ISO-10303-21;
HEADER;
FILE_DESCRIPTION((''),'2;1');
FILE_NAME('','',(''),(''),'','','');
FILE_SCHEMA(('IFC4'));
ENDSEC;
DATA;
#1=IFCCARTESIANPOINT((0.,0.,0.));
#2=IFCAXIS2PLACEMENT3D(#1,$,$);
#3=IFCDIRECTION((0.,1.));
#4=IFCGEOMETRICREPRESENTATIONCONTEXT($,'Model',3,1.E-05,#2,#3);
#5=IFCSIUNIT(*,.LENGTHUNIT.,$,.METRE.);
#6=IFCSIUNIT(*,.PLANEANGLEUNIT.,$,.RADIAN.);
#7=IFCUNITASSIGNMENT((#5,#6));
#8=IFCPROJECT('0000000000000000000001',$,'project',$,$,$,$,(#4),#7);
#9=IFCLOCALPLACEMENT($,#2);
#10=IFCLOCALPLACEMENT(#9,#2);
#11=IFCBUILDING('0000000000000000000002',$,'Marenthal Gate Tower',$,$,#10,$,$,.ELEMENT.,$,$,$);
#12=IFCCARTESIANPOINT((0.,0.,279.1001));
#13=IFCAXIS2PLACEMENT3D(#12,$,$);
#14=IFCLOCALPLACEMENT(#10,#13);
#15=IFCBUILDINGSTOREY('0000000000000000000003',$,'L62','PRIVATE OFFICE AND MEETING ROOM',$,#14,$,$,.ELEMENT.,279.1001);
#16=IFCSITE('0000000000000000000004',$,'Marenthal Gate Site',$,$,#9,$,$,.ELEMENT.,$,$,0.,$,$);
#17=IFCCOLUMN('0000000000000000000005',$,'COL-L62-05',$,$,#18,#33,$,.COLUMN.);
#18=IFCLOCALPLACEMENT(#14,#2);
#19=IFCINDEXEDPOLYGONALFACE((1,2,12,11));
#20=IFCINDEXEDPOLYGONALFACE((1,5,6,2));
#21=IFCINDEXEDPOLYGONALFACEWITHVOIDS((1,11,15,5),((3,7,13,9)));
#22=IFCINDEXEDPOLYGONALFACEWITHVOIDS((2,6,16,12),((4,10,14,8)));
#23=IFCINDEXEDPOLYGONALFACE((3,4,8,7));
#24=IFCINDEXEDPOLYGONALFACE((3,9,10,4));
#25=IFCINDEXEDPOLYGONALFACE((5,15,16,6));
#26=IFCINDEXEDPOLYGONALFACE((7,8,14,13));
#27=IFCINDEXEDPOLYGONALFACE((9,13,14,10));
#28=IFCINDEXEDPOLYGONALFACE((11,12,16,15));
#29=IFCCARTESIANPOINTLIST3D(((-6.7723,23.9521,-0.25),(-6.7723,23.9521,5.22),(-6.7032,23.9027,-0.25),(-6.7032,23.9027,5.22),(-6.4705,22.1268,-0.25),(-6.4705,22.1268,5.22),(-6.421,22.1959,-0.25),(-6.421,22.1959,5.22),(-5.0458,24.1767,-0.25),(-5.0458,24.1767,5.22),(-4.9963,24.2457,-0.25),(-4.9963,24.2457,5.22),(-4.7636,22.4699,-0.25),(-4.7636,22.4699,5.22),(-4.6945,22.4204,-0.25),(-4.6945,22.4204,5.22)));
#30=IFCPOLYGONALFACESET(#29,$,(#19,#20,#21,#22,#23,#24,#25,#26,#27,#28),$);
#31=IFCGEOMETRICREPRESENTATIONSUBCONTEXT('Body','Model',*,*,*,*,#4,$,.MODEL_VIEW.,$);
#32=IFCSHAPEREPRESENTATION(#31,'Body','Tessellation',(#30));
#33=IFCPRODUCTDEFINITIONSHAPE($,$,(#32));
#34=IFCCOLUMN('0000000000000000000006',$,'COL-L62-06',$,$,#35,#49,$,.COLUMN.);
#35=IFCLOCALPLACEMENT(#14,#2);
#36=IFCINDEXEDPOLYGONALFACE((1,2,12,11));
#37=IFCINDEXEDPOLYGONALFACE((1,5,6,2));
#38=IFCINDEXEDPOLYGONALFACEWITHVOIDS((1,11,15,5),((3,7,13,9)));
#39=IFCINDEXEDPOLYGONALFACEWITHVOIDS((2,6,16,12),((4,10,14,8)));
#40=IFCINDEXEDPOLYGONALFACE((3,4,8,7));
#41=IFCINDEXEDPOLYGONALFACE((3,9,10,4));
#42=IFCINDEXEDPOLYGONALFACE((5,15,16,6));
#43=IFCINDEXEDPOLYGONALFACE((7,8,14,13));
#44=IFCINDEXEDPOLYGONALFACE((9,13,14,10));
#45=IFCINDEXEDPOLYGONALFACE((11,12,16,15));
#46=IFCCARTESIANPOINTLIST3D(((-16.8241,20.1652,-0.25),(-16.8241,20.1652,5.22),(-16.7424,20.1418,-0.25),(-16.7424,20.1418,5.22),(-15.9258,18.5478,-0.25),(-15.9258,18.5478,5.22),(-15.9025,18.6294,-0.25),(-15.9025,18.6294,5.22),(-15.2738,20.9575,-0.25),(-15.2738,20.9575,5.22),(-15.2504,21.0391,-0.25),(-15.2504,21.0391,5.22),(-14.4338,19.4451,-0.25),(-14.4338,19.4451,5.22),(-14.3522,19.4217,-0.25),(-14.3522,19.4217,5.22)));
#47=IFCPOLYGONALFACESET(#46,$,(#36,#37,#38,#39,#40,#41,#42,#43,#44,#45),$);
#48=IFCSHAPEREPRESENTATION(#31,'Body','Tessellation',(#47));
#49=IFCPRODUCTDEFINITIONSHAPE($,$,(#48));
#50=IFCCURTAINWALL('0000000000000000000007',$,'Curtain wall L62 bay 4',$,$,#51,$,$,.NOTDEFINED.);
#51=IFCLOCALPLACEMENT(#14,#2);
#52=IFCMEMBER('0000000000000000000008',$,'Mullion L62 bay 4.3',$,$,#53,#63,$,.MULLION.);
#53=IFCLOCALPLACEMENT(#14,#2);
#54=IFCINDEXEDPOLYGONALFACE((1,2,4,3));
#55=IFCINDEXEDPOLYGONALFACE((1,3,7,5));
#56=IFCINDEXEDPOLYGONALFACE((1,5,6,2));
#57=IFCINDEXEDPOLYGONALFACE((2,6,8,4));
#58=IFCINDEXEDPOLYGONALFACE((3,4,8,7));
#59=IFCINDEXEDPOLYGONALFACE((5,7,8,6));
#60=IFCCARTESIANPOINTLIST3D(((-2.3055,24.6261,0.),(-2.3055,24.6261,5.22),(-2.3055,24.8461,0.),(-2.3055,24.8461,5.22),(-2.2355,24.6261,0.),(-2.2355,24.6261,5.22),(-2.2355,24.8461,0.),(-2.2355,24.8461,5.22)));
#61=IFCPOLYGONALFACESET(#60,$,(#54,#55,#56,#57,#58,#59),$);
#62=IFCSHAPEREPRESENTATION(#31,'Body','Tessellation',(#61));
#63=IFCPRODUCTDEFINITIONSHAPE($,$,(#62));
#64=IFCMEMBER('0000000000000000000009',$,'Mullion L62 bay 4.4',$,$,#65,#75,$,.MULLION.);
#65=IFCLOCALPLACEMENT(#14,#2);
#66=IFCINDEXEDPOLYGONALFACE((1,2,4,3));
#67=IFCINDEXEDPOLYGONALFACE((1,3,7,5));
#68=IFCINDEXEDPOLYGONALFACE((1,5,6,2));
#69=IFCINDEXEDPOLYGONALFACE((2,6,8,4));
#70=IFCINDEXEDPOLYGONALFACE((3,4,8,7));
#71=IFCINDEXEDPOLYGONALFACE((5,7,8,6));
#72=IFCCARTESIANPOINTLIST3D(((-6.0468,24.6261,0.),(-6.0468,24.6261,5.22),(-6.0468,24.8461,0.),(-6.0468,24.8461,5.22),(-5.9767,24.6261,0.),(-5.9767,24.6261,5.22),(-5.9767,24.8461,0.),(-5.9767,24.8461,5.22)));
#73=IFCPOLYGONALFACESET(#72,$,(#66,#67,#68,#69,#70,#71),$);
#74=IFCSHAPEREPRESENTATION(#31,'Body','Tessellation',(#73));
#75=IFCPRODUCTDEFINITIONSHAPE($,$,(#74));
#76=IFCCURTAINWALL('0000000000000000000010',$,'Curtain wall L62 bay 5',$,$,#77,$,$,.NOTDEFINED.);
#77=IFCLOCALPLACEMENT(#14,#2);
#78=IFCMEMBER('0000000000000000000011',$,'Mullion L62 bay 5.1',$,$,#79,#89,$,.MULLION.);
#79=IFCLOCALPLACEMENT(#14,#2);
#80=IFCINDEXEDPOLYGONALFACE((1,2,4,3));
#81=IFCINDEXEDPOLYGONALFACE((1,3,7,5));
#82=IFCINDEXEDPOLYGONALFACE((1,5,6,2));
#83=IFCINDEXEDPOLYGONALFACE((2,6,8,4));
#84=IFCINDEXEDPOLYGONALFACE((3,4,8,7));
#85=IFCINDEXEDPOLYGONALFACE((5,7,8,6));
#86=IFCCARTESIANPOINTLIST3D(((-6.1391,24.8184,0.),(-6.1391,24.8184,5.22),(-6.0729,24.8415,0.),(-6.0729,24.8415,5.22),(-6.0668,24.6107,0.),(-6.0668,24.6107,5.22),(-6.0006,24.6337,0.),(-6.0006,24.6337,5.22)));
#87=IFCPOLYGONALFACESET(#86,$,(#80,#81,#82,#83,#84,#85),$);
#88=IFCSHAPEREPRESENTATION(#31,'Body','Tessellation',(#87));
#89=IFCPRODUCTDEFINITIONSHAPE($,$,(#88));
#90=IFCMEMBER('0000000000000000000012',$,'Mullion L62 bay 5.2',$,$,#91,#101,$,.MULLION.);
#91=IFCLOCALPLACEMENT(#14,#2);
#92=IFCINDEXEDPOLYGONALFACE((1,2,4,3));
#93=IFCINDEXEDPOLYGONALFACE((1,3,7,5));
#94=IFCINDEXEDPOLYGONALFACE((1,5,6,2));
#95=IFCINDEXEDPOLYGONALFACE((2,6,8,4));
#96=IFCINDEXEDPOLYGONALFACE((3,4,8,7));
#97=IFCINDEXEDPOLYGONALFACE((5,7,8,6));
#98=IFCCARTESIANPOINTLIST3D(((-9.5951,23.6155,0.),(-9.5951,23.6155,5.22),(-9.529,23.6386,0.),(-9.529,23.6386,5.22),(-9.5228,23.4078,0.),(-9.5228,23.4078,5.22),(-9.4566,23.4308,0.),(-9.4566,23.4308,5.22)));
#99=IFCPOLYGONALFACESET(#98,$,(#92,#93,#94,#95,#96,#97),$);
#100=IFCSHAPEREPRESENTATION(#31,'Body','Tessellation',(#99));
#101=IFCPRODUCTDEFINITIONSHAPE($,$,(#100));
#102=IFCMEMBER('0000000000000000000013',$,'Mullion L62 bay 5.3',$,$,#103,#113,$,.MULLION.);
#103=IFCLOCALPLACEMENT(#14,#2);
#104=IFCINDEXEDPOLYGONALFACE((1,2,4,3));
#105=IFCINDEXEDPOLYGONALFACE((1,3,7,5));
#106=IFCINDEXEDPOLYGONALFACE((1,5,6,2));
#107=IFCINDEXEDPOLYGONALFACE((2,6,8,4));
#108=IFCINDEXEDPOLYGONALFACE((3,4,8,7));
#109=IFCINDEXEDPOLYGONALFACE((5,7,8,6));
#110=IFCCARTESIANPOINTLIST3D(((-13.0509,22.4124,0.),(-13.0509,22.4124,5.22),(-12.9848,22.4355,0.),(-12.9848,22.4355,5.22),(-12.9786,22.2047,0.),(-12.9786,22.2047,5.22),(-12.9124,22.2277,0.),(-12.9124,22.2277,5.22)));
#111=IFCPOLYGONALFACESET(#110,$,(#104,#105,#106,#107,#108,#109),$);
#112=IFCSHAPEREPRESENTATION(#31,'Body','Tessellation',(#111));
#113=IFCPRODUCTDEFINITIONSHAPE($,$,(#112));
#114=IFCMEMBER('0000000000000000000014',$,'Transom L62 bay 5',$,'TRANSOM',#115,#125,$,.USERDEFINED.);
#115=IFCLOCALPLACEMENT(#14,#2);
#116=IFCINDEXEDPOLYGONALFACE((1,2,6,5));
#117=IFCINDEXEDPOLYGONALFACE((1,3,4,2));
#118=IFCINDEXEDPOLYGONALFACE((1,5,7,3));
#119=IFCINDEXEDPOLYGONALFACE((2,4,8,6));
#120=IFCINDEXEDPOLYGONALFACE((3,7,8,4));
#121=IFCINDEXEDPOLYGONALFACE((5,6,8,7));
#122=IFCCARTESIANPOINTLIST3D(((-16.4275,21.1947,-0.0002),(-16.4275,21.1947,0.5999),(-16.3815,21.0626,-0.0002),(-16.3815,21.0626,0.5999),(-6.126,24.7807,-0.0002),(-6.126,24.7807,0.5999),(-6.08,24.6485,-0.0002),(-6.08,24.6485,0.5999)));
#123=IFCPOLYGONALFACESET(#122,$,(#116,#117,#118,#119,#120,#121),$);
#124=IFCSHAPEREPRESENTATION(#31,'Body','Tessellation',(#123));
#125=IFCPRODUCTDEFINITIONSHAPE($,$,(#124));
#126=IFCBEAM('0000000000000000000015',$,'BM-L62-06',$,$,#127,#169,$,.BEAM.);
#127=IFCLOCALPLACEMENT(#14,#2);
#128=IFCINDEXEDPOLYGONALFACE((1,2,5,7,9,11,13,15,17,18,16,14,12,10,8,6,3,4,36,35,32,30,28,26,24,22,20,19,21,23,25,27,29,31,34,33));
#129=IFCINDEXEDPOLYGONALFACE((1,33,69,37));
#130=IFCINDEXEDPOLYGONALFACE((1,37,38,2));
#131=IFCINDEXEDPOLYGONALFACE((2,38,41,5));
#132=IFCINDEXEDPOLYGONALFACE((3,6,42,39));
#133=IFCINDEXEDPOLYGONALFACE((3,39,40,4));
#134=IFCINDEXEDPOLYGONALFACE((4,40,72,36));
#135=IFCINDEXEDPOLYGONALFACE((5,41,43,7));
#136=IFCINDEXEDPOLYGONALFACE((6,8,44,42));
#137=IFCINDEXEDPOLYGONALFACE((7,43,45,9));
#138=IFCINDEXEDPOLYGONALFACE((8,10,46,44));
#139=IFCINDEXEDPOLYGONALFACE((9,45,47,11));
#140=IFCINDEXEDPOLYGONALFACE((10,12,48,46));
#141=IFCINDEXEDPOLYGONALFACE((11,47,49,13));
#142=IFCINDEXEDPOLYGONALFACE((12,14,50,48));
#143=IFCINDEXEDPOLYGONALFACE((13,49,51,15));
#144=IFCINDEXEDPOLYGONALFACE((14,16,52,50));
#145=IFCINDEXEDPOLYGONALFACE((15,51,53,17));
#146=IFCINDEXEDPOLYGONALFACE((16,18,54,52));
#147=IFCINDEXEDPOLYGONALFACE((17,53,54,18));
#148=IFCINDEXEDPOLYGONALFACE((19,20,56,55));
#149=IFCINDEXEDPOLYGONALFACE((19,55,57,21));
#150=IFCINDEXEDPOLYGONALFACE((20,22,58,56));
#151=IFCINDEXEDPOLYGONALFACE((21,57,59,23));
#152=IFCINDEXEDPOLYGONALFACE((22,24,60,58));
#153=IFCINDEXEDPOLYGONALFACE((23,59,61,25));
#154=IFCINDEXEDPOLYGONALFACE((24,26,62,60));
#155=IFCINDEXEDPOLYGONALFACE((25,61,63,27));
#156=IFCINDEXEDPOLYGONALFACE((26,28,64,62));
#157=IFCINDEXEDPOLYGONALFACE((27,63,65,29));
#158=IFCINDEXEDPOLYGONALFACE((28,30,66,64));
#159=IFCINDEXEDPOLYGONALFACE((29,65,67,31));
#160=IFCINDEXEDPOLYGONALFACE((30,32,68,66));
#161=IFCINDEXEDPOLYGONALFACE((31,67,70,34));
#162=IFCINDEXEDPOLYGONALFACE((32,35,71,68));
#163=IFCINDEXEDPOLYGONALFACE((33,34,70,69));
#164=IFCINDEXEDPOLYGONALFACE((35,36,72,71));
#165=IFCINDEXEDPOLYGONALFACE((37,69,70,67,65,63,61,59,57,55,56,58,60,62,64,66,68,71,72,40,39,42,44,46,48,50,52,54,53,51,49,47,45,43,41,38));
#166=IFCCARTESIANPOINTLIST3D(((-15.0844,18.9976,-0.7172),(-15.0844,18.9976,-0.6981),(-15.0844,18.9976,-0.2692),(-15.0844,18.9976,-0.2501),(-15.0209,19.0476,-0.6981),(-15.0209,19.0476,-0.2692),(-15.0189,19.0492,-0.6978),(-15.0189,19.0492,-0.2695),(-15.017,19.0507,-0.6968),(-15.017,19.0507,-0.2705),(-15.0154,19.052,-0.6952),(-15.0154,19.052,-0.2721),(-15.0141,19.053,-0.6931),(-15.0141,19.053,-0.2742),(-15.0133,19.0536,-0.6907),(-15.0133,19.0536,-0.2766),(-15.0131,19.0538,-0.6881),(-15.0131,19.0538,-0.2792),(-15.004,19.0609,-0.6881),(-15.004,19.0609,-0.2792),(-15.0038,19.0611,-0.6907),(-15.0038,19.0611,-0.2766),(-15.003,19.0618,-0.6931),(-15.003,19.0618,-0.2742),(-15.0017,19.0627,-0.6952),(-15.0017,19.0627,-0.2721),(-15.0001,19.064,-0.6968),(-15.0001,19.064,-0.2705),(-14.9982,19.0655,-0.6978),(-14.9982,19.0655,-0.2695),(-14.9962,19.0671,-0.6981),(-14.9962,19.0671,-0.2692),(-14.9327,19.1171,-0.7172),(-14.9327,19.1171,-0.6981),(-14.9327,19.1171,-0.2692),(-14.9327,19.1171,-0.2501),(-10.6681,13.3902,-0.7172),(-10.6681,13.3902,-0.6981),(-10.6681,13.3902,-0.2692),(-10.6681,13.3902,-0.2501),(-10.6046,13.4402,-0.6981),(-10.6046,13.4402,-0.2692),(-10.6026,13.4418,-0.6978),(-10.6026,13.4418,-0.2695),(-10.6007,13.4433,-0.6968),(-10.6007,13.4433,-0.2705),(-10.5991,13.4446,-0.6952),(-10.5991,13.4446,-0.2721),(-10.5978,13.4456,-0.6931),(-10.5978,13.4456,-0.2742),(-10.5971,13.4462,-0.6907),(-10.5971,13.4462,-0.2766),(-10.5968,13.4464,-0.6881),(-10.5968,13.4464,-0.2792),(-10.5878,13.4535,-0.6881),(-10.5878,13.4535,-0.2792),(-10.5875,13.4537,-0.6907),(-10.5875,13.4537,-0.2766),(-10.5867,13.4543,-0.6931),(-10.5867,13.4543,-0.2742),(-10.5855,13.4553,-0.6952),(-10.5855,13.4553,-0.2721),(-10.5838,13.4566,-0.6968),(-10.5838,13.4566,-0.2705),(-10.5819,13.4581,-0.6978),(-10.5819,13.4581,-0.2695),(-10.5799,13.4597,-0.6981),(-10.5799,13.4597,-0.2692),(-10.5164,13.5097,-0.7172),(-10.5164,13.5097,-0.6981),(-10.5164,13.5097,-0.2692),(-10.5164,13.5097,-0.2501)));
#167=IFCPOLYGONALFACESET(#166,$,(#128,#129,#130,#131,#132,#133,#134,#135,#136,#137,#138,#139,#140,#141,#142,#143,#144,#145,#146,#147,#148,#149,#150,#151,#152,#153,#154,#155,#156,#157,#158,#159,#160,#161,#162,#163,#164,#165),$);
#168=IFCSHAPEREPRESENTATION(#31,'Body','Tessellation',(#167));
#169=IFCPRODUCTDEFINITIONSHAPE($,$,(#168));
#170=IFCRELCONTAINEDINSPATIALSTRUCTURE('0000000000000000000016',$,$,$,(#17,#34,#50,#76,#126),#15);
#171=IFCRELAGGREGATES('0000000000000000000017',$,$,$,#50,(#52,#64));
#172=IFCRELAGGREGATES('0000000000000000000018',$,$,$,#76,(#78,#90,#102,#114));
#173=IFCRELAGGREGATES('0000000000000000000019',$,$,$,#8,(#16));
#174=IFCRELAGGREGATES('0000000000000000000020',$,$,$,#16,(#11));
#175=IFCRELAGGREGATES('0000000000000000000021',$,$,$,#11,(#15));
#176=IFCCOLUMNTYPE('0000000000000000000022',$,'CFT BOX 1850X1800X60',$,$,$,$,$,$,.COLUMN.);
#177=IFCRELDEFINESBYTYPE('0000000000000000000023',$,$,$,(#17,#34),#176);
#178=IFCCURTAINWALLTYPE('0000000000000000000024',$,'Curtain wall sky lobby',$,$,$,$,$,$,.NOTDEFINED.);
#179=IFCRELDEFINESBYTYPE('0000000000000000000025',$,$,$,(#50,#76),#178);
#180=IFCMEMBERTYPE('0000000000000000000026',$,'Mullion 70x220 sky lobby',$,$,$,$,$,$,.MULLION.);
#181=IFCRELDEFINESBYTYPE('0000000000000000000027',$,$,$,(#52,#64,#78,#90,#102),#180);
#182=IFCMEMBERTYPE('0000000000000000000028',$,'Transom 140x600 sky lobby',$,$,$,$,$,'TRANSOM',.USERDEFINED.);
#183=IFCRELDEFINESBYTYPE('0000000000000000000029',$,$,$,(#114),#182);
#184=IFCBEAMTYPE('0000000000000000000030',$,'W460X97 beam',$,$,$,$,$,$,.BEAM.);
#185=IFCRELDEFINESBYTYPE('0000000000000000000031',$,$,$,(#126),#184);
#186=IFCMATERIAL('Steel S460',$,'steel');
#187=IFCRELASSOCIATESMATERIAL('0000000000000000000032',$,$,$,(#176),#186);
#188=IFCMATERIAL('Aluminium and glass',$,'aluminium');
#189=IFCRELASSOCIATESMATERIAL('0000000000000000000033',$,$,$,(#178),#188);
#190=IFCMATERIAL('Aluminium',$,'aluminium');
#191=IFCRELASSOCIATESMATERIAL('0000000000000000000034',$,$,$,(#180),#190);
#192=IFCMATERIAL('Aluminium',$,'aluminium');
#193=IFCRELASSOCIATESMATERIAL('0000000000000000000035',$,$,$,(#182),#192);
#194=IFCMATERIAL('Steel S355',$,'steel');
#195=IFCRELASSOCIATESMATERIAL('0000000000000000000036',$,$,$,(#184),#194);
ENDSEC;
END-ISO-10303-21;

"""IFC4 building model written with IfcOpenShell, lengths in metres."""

from ifc_helpers import new_model, si_unit, direction, frame, origin, origin_2d, place, context, subcontext, project, spatial, rectangle, hollow_rectangle, i_section, extrude, material, material_profile, profile_set, type_object, element, aggregate, save


model = new_model("IFC4")

# Units and contexts
model_context = context("Model", 3, precision=1e-05, world=origin(), true_north=direction((0.0, 1.0)))
body_context = subcontext(model_context, "Body", "Model", "MODEL_VIEW")
ifc_project = project(units=[si_unit("LENGTHUNIT", "METRE"), si_unit("PLANEANGLEUNIT", "RADIAN")], contexts=[model_context])

# Site, building, storey
site_placement = place(None, origin())
site = spatial("IfcSite", under=ifc_project, at=site_placement, Name="Marenthal Gate Site", CompositionType="ELEMENT", RefElevation=0.0)
building_placement = place(site_placement, origin())
building = spatial("IfcBuilding", under=site, at=building_placement, Name="Marenthal Gate Tower", CompositionType="ELEMENT")
storey_placement = place(building_placement, frame((0.0, 0.0, 279.1001)))
storey = spatial("IfcBuildingStorey", under=building, at=storey_placement, Name="L62", Description="PRIVATE OFFICE AND MEETING ROOM", CompositionType="ELEMENT", Elevation=279.1001)

# Columns
ifc_material_1 = material(Name="Steel S460", Category="steel")
ifc_material_profile_1 = material_profile(ifc_material_1, hollow_rectangle(XDim=1.8, YDim=1.8501, WallThickness=0.0601, at=origin_2d()), Name="CFT BOX 1850X1800X60")
ifc_material_2 = material(Name="Concrete 70 MPa", Category="concrete")
ifc_material_profile_2 = material_profile(ifc_material_2, rectangle(XDim=1.6799, YDim=1.73, at=origin_2d()), Name="CFT BOX 1850X1800X60 INFILL")
ifc_profile_set_1 = profile_set([ifc_material_profile_1, ifc_material_profile_2], Name="Steel S460 shell, Concrete 70 MPa infill")
column_type = type_object("IfcColumnType", Name="CFT BOX 1850X1800X60", PredefinedType="COLUMN", material=ifc_profile_set_1)
for number, where, z_axis, x_axis, name in (
    (1, (-5.7334, 23.1863, -0.25), (0.0, 0.0, 1.0), (0.986606, 0.163119, 0.0), "COL-L62-05"),
    (2, (-15.5881, 19.7935, -0.25), (0.0, 0.0, 1.0), (0.874222, 0.485527, 0.0), "COL-L62-06"),
):
    element("IfcColumn", number, at=place(storey_placement, frame(where, z_axis=z_axis, x_axis=x_axis)), inside=storey, type_object=column_type, Name=name, PredefinedType="COLUMN", context=body_context, shape_type="SweptSolid", body=[
        extrude(hollow_rectangle(XDim=1.8, YDim=1.8501, WallThickness=0.0601, at=origin_2d()), origin(), (0.0, 0.0, 1.0), 5.47),
    ])

# Curtain walls, members
ifc_material_3 = material(Name="Aluminium and glass", Category="aluminium")
curtain_wall_type = type_object("IfcCurtainWallType", Name="Curtain wall sky lobby", PredefinedType="NOTDEFINED", material=ifc_material_3)
curtain_wall_1_placement = place(storey_placement, origin())
curtain_wall_1 = element("IfcCurtainWall", 3, at=curtain_wall_1_placement, inside=storey, type_object=curtain_wall_type, Name="Curtain wall L62 bay 4", PredefinedType="NOTDEFINED")
ifc_material_4 = material(Name="Aluminium", Category="aluminium")
ifc_material_profile_3 = material_profile(ifc_material_4, rectangle(XDim=0.22, YDim=0.0701, at=origin_2d()), Name="70x220 aluminium mullion")
ifc_profile_set_2 = profile_set([ifc_material_profile_3], Name="Aluminium")
member_type_1 = type_object("IfcMemberType", Name="Mullion 70x220 sky lobby", PredefinedType="MULLION", material=ifc_profile_set_2)
member_1_placement = place(storey_placement, frame((-2.2705, 24.7361, 0.0), z_axis=(0.0, 0.0, 1.0), x_axis=(0.0, -1.0, 0.0)))
member_1 = element("IfcMember", 4, at=member_1_placement, type_object=member_type_1, Name="Mullion L62 bay 4.3", PredefinedType="MULLION", context=body_context, shape_type="SweptSolid", body=[
    extrude(rectangle(XDim=0.22, YDim=0.0701, at=origin_2d()), origin(), (0.0, 0.0, 1.0), 5.22),
])
member_2_placement = place(storey_placement, frame((-6.0117, 24.7361, 0.0), z_axis=(0.0, 0.0, 1.0), x_axis=(0.0, -1.0, 0.0)))
member_2 = element("IfcMember", 5, at=member_2_placement, type_object=member_type_1, Name="Mullion L62 bay 4.4", PredefinedType="MULLION", context=body_context, shape_type="SweptSolid", body=[
    extrude(rectangle(XDim=0.22, YDim=0.0701, at=origin_2d()), origin(), (0.0, 0.0, 1.0), 5.22),
])
curtain_wall_2_placement = place(storey_placement, origin())
curtain_wall_2 = element("IfcCurtainWall", 6, at=curtain_wall_2_placement, inside=storey, type_object=curtain_wall_type, Name="Curtain wall L62 bay 5", PredefinedType="NOTDEFINED")
member_3_placement = place(storey_placement, frame((-6.0698, 24.7261, 0.0), z_axis=(0.0, 0.0, 1.0), x_axis=(0.328757, -0.944415, 0.0)))
member_3 = element("IfcMember", 7, at=member_3_placement, type_object=member_type_1, Name="Mullion L62 bay 5.1", PredefinedType="MULLION", context=body_context, shape_type="SweptSolid", body=[
    extrude(rectangle(XDim=0.22, YDim=0.0701, at=origin_2d()), origin(), (0.0, 0.0, 1.0), 5.22),
])
member_4_placement = place(storey_placement, frame((-9.5259, 23.5232, 0.0), z_axis=(0.0, 0.0, 1.0), x_axis=(0.328757, -0.944415, 0.0)))
member_4 = element("IfcMember", 8, at=member_4_placement, type_object=member_type_1, Name="Mullion L62 bay 5.2", PredefinedType="MULLION", context=body_context, shape_type="SweptSolid", body=[
    extrude(rectangle(XDim=0.22, YDim=0.0701, at=origin_2d()), origin(), (0.0, 0.0, 1.0), 5.22),
])
member_5_placement = place(storey_placement, frame((-12.9817, 22.3201, 0.0), z_axis=(0.0, 0.0, 1.0), x_axis=(0.328757, -0.944415, 0.0)))
member_5 = element("IfcMember", 9, at=member_5_placement, type_object=member_type_1, Name="Mullion L62 bay 5.3", PredefinedType="MULLION", context=body_context, shape_type="SweptSolid", body=[
    extrude(rectangle(XDim=0.22, YDim=0.0701, at=origin_2d()), origin(), (0.0, 0.0, 1.0), 5.22),
])
ifc_material_5 = material(Name="Aluminium", Category="aluminium")
ifc_material_profile_4 = material_profile(ifc_material_5, rectangle(XDim=0.1399, YDim=0.6001, at=origin_2d()), Name="140x600 aluminium transom")
ifc_profile_set_3 = profile_set([ifc_material_profile_4], Name="Aluminium")
member_type_2 = type_object("IfcMemberType", Name="Transom 140x600 sky lobby", ElementType="TRANSOM", PredefinedType="USERDEFINED", material=ifc_profile_set_3)
member_6_placement = place(storey_placement, frame((-6.103, 24.7146, 0.2998), z_axis=(-0.944417, -0.32875, 0.0), x_axis=(0.32875, -0.944417, 0.0)))
member_6 = element("IfcMember", 10, at=member_6_placement, type_object=member_type_2, Name="Transom L62 bay 5", ObjectType="TRANSOM", PredefinedType="USERDEFINED", context=body_context, shape_type="SweptSolid", body=[
    extrude(rectangle(XDim=0.1399, YDim=0.6001, at=origin_2d()), origin(), (0.0, 0.0, 1.0), 10.9077),
])

# Beam
ifc_material_6 = material(Name="Steel S355", Category="steel")
ifc_material_profile_5 = material_profile(ifc_material_6, i_section(OverallWidth=0.1931, OverallDepth=0.467, WebThickness=0.0115, FlangeThickness=0.019, FilletRadius=0.01, at=origin_2d()), Name="W460X97")
ifc_profile_set_4 = profile_set([ifc_material_profile_5], Name="Steel S355")
beam_type_1 = type_object("IfcBeamType", Name="W460X97 beam", PredefinedType="BEAM", material=ifc_profile_set_4)
beam_1_placement = place(storey_placement, frame((-15.0085, 19.0574, -0.4836), z_axis=(0.618724, -0.785608, 0.0), x_axis=(0.785608, 0.618724, 0.0)))
element("IfcBeam", 11, at=beam_1_placement, inside=storey, type_object=beam_type_1, Name="BM-L62-06", PredefinedType="BEAM", context=body_context, shape_type="SweptSolid", body=[
    extrude(i_section(OverallWidth=0.1931, OverallDepth=0.467, WebThickness=0.0115, FlangeThickness=0.019, FilletRadius=0.01, at=origin_2d()), origin(), (0.0, 0.0, 1.0), 7.1377),
])

aggregate(curtain_wall_1, [member_1, member_2])
aggregate(curtain_wall_2, [member_3, member_4, member_5, member_6])

save(model, "model.ifc")
